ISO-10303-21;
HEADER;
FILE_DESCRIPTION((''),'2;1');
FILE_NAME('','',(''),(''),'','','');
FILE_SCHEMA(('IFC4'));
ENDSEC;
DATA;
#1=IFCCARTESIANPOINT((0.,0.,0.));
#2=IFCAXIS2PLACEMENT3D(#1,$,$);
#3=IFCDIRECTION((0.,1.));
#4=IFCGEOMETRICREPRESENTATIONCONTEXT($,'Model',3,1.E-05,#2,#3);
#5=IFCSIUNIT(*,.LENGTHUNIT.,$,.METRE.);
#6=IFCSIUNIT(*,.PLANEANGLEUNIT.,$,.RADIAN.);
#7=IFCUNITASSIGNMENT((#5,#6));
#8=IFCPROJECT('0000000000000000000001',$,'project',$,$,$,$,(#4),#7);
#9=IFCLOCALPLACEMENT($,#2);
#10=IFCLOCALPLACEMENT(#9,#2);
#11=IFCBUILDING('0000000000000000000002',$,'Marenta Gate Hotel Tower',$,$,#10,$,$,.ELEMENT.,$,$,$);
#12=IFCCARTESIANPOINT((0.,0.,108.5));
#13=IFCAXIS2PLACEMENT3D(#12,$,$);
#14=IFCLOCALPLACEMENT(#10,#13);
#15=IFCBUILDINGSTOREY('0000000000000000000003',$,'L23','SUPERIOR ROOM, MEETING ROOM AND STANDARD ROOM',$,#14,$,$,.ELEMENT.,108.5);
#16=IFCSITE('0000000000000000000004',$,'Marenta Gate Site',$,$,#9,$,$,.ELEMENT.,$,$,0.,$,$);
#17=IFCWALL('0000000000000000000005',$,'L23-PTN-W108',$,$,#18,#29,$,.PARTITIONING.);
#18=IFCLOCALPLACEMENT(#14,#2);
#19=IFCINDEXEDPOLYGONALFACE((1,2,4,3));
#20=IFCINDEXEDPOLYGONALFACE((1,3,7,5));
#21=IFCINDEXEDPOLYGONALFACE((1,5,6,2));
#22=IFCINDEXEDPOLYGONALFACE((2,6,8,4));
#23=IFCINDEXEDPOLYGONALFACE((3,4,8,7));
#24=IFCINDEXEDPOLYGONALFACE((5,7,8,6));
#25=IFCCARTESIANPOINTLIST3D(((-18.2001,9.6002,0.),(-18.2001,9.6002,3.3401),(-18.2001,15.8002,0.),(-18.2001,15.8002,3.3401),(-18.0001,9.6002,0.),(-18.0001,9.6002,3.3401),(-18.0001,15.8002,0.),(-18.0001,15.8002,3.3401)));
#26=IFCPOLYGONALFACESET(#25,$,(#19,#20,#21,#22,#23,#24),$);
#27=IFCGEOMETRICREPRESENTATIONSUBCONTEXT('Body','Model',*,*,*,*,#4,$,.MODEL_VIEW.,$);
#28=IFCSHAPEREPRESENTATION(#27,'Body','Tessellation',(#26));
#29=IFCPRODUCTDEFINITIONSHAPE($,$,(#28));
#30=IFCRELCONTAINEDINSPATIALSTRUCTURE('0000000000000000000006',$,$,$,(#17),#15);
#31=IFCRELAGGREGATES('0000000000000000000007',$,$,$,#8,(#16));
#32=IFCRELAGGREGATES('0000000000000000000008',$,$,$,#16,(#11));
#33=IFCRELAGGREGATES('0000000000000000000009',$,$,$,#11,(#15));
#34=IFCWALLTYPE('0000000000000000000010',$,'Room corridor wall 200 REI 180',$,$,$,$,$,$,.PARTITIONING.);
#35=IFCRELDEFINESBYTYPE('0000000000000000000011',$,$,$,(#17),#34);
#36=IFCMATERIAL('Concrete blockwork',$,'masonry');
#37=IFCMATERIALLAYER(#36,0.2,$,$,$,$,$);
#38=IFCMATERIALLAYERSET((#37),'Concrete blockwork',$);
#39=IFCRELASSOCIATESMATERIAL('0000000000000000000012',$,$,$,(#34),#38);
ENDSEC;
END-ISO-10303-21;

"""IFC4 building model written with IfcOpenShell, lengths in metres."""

from ifc_helpers import new_model, si_unit, direction, frame, frame_2d, origin, place, context, subcontext, project, spatial, rectangle, extrude, material, layer, layer_set, type_object, element, save


model = new_model("IFC4")

# Units and contexts
model_context = context("Model", 3, precision=1e-05, world=origin(), true_north=direction((0.0, 1.0)))
body_context = subcontext(model_context, "Body", "Model", "MODEL_VIEW")
ifc_project = project(units=[si_unit("LENGTHUNIT", "METRE"), si_unit("PLANEANGLEUNIT", "RADIAN")], contexts=[model_context])

# Site, building, storey
site_placement = place(None, origin())
site = spatial("IfcSite", under=ifc_project, at=site_placement, Name="Marenta Gate Site", CompositionType="ELEMENT", RefElevation=0.0)
building_placement = place(site_placement, origin())
building = spatial("IfcBuilding", under=site, at=building_placement, Name="Marenta Gate Hotel Tower", CompositionType="ELEMENT")
storey_placement = place(building_placement, frame((0.0, 0.0, 108.5)))
storey = spatial("IfcBuildingStorey", under=building, at=storey_placement, Name="L23", Description="SUPERIOR ROOM, MEETING ROOM AND STANDARD ROOM", CompositionType="ELEMENT", Elevation=108.5)

# Shared definitions
ifc_material_1 = material(Name="Concrete blockwork", Category="masonry")
ifc_layer_1 = layer(ifc_material_1, 0.2)
ifc_layer_set_1 = layer_set([ifc_layer_1], Name="Concrete blockwork")
wall_type_1 = type_object("IfcWallType", Name="Room corridor wall 200 REI 180", PredefinedType="PARTITIONING", material=ifc_layer_set_1)

# Wall
wall_1_placement = place(storey_placement, frame((-18.1001, 9.6001, 0.0), z_axis=(0.0, 0.0, 1.0), x_axis=(0.0, 1.0, 0.0)))
element("IfcWall", 1, at=wall_1_placement, inside=storey, type_object=wall_type_1, Name="L23-PTN-W108", PredefinedType="PARTITIONING", context=body_context, shape_type="SweptSolid", body=[
    extrude(rectangle(XDim=6.2, YDim=0.2, at=frame_2d((3.1001, 0.0))), origin(), (0.0, 0.0, 1.0), 3.3401),
])

save(model, "model.ifc")
